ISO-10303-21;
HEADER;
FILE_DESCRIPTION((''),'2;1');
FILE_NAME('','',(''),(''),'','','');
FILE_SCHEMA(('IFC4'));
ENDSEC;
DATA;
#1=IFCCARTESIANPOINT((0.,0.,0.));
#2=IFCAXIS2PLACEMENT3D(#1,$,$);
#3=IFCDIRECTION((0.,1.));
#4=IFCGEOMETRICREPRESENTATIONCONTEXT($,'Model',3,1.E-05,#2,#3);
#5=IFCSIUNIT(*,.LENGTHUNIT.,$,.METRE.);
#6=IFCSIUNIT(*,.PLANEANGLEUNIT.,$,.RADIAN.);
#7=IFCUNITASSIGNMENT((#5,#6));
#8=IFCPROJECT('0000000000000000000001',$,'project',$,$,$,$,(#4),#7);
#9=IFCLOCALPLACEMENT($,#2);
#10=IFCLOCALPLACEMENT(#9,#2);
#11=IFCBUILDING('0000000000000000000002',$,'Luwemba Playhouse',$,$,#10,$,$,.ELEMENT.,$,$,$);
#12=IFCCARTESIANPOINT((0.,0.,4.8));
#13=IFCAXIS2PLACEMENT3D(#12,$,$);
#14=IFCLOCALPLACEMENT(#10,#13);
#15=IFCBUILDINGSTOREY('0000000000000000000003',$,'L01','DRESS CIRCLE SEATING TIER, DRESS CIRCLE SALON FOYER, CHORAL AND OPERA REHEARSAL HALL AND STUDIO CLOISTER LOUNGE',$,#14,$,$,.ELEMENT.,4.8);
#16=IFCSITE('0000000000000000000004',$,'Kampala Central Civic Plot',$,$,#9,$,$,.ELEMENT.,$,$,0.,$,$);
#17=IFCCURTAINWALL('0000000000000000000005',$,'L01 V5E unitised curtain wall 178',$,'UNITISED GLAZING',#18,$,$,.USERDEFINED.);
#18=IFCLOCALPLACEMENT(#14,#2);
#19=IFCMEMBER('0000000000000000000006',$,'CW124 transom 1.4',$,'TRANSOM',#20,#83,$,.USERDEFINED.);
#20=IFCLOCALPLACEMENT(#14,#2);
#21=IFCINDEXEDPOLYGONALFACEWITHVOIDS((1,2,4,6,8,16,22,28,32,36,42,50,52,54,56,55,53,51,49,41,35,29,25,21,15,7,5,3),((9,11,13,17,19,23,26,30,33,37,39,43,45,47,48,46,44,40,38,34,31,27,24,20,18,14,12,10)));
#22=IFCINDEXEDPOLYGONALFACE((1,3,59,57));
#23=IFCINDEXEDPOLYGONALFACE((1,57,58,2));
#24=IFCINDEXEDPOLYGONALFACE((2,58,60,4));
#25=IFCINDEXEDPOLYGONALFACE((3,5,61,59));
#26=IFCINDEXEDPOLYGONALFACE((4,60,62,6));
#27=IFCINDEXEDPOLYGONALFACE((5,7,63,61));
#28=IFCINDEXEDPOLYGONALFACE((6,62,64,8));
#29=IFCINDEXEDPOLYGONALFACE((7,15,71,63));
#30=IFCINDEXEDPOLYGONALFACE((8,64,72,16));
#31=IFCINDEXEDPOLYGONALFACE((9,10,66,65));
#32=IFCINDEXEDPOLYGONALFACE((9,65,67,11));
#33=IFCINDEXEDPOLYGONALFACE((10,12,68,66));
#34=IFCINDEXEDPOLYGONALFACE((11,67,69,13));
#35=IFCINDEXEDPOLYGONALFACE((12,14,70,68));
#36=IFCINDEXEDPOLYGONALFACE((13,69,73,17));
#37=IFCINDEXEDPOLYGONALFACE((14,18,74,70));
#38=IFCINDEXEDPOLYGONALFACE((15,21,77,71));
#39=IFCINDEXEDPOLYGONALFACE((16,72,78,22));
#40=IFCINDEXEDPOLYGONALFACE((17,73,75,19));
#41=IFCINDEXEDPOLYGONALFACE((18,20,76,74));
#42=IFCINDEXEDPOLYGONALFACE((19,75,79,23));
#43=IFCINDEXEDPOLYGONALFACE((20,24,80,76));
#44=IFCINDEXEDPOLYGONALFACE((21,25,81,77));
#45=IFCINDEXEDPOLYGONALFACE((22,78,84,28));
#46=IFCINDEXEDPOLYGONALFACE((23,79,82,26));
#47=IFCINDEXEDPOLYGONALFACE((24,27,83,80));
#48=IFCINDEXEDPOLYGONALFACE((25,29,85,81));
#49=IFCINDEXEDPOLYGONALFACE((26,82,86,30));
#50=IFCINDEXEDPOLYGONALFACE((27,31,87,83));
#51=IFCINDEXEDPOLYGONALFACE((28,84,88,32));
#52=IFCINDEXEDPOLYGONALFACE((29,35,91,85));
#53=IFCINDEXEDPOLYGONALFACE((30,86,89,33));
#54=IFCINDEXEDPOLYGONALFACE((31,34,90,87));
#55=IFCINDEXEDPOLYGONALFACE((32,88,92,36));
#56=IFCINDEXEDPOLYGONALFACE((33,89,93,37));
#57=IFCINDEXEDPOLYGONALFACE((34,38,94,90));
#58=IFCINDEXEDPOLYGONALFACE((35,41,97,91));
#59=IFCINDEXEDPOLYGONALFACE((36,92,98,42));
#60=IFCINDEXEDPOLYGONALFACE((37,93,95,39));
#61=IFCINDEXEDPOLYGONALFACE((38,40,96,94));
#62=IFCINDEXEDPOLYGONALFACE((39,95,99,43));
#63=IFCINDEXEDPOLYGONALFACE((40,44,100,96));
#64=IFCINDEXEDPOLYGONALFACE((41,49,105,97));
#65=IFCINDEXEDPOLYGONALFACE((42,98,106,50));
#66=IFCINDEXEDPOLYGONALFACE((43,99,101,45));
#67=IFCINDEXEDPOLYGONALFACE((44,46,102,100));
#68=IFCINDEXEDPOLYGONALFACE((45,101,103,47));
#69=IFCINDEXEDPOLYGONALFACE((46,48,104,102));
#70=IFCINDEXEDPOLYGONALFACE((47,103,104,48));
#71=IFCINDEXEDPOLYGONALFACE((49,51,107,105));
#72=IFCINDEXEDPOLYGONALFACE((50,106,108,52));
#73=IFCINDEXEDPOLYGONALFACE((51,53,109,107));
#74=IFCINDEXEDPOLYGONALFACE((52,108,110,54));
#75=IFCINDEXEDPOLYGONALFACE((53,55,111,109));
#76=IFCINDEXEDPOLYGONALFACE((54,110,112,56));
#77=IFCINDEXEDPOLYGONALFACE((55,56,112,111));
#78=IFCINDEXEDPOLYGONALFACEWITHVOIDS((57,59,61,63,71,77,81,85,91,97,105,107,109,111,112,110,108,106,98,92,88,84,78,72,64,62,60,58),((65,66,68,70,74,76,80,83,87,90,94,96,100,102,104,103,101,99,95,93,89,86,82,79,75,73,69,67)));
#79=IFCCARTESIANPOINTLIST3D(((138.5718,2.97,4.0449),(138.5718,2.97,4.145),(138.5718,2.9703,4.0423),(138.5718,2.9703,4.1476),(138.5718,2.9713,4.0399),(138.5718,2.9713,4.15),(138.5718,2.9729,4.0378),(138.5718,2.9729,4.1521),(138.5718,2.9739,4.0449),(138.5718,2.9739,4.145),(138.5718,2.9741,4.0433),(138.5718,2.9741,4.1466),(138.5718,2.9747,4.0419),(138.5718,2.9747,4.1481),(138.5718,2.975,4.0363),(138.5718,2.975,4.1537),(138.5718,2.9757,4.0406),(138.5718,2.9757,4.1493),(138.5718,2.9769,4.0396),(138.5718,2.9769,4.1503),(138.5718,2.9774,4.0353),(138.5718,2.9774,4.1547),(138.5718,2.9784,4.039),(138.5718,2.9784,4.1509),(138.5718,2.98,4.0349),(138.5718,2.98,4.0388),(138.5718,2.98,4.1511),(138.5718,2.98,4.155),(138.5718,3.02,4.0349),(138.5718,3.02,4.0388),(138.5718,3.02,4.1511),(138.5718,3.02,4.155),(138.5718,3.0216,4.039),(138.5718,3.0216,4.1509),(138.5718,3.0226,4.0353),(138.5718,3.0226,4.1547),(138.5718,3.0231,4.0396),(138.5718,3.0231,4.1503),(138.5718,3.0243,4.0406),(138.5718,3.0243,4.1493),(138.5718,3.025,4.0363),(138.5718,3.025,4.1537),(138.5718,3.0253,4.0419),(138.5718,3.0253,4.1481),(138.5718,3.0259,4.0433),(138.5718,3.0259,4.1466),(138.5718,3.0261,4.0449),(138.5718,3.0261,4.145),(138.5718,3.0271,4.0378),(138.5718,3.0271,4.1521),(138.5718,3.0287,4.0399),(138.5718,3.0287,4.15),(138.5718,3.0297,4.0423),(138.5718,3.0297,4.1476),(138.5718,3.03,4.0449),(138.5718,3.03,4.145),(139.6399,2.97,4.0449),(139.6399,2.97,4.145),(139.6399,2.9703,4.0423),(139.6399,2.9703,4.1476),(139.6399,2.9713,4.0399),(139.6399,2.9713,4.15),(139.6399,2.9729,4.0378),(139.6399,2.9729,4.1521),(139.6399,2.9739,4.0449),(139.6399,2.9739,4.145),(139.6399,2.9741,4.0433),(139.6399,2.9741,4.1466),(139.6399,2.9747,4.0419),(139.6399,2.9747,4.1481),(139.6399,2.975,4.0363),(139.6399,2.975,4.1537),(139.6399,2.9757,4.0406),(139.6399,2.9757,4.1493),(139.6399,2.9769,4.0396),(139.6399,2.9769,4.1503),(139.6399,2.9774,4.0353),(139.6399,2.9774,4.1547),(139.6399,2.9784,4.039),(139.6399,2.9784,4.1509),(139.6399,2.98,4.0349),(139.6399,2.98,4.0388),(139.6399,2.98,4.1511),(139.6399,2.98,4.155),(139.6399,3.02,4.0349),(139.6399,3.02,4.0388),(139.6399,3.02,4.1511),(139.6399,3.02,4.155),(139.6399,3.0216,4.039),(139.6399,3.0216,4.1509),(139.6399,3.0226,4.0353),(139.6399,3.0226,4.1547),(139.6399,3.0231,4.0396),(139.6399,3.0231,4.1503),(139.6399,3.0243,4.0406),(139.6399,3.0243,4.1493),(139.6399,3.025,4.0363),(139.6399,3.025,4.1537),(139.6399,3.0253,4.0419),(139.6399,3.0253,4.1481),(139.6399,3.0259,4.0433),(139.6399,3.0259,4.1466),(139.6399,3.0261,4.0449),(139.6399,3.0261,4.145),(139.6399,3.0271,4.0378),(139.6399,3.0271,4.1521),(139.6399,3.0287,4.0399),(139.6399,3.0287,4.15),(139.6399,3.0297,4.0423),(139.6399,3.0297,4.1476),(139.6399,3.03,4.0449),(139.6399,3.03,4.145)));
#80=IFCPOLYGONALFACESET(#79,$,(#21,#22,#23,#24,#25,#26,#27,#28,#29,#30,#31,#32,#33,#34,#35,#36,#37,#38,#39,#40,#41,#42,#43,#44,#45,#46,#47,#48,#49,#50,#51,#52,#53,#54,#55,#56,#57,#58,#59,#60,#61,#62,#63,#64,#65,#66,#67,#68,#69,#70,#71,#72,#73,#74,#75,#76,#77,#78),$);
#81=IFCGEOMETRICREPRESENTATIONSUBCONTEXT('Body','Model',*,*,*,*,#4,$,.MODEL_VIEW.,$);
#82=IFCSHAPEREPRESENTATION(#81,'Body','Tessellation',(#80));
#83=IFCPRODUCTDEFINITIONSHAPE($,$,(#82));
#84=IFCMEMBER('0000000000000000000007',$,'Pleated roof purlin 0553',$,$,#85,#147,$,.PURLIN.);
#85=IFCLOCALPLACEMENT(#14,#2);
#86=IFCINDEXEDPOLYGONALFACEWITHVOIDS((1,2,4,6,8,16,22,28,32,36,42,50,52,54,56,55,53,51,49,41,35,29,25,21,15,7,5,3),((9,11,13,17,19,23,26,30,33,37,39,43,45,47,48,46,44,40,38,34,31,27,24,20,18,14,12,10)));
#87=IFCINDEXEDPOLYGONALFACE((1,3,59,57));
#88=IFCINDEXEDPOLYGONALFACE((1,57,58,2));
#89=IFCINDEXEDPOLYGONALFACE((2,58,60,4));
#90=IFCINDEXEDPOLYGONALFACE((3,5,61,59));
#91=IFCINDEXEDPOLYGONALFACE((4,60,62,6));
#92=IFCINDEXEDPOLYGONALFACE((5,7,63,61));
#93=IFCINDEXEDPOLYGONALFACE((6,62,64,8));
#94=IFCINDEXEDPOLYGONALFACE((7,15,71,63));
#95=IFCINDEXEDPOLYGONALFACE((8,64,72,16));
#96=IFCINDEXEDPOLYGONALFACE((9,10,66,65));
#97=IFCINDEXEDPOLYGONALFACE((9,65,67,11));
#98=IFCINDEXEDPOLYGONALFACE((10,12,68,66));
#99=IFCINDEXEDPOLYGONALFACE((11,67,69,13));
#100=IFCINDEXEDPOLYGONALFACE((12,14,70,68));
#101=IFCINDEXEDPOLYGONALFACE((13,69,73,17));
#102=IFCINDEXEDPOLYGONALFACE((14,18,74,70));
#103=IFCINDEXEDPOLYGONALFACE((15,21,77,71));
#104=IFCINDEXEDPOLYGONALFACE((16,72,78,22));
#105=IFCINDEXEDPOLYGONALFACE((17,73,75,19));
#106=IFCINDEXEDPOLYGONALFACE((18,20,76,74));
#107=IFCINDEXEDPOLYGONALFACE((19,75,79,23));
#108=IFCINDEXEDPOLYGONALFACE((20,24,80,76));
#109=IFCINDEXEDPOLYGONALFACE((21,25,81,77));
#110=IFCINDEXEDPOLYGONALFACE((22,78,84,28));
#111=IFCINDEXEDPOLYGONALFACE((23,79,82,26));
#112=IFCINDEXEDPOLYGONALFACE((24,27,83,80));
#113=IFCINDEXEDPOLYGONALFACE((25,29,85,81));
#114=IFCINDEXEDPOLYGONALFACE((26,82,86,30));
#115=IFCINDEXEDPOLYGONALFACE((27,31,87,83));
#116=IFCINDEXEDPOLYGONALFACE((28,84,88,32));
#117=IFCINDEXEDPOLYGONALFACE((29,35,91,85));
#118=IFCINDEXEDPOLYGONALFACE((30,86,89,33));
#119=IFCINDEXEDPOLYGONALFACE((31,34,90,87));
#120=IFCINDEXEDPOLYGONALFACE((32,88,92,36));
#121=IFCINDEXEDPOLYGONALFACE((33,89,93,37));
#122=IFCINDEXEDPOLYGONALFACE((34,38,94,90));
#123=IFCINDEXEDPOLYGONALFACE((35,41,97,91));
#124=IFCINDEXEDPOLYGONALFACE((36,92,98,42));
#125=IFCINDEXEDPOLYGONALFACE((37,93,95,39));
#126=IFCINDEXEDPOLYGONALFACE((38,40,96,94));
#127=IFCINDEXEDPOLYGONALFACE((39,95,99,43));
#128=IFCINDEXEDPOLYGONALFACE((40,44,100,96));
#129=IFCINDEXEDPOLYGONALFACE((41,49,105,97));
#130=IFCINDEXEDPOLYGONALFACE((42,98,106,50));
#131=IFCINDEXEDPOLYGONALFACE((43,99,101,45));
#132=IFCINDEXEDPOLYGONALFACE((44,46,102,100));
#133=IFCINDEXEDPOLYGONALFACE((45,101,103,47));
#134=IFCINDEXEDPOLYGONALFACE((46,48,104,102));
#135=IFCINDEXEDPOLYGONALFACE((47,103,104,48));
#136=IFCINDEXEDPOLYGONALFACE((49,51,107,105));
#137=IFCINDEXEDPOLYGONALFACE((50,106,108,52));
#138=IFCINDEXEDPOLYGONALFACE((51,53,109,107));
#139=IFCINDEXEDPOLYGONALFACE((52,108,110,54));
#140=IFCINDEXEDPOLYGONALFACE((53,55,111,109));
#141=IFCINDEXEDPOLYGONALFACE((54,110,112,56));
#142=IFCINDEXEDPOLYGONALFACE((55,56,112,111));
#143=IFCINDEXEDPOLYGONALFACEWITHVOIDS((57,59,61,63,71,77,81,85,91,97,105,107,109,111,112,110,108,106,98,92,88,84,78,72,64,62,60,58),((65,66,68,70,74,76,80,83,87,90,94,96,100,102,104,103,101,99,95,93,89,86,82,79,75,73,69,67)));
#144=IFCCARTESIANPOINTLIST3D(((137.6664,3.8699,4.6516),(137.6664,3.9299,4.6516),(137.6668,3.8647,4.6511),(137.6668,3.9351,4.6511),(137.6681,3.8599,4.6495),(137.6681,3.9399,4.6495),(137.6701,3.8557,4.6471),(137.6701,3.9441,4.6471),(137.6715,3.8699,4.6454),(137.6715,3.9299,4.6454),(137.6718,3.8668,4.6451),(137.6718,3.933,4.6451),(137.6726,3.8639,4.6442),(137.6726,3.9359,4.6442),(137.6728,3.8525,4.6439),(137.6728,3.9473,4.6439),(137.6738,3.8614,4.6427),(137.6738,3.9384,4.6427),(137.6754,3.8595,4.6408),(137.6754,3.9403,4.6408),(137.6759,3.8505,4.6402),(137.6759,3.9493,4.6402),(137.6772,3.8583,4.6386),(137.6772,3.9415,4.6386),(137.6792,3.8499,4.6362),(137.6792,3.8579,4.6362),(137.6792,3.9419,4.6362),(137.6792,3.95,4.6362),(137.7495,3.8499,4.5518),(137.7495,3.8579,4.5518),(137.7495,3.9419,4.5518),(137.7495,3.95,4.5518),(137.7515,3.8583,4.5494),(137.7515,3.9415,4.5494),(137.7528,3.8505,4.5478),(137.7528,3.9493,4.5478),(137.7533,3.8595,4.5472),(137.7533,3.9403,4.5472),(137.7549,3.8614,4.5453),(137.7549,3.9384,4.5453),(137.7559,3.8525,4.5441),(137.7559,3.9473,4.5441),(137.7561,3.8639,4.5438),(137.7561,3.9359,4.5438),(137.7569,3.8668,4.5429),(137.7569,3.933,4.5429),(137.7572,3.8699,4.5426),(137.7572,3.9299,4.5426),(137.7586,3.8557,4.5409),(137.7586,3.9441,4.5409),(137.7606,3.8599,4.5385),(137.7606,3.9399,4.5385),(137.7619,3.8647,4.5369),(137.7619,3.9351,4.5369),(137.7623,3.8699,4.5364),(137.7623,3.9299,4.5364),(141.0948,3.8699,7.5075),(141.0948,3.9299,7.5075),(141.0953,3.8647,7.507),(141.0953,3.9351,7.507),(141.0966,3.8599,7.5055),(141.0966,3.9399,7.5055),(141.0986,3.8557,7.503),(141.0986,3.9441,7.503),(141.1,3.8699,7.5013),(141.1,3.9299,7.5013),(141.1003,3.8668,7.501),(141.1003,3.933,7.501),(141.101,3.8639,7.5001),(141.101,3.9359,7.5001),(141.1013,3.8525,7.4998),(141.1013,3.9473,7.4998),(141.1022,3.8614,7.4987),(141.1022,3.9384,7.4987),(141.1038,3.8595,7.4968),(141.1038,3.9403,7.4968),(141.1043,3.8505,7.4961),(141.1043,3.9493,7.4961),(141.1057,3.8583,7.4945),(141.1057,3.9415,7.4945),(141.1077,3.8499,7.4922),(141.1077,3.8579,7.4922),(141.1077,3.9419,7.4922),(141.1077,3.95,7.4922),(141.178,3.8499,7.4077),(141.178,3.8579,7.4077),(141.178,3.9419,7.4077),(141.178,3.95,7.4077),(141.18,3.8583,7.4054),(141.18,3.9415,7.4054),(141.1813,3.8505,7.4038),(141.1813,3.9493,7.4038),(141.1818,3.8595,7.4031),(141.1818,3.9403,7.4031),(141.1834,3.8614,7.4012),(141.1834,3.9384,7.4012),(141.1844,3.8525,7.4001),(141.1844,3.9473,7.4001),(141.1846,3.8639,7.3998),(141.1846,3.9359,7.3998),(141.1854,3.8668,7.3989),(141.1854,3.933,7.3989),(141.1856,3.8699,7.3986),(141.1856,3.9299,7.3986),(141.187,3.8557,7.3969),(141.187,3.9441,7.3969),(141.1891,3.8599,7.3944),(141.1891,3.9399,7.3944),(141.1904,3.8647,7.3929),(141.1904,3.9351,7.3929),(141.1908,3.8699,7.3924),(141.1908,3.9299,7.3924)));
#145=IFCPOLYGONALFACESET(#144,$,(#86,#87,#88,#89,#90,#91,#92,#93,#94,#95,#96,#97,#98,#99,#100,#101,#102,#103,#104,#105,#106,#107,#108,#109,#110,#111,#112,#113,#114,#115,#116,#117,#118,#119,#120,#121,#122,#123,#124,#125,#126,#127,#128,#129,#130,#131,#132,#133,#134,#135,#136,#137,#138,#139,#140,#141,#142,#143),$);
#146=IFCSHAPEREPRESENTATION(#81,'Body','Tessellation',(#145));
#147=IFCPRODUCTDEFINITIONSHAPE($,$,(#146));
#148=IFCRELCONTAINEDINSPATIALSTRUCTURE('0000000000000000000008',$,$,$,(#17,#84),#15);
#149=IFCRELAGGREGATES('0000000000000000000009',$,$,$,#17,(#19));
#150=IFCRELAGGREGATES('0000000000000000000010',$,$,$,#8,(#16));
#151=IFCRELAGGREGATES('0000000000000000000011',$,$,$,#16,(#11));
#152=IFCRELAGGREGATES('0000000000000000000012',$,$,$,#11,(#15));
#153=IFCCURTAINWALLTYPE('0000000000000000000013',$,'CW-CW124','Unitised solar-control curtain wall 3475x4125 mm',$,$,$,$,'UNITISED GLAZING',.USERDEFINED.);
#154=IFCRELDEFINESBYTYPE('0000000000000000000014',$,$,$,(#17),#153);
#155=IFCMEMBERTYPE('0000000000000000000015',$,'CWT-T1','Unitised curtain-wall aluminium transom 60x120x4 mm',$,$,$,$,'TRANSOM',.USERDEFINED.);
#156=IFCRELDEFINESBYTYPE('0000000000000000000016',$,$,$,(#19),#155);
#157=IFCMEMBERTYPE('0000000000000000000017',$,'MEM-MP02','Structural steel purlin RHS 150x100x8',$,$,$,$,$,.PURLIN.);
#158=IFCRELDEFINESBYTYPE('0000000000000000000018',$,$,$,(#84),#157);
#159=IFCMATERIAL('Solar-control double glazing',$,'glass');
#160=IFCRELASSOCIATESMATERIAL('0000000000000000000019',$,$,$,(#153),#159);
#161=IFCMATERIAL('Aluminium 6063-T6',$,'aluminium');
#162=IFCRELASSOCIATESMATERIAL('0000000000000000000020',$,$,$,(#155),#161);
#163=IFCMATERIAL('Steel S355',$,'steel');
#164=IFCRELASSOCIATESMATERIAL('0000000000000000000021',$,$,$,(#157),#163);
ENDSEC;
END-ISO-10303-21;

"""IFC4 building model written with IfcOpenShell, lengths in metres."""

from ifc_helpers import new_model, si_unit, direction, frame, origin, origin_2d, place, context, subcontext, project, spatial, hollow_rectangle, extrude, material, material_profile, profile_set, type_object, element, aggregate, save


model = new_model("IFC4")

# Units and contexts
model_context = context("Model", 3, precision=1e-05, world=origin(), true_north=direction((0.0, 1.0)))
body_context = subcontext(model_context, "Body", "Model", "MODEL_VIEW")
ifc_project = project(units=[si_unit("LENGTHUNIT", "METRE"), si_unit("PLANEANGLEUNIT", "RADIAN")], contexts=[model_context])

# Site, building, storey
site_placement = place(None, origin())
site = spatial("IfcSite", under=ifc_project, at=site_placement, Name="Kampala Central Civic Plot", CompositionType="ELEMENT", RefElevation=0.0)
building_placement = place(site_placement, origin())
building = spatial("IfcBuilding", under=site, at=building_placement, Name="Luwemba Playhouse", CompositionType="ELEMENT")
storey_placement = place(building_placement, frame((0.0, 0.0, 4.8)))
storey = spatial("IfcBuildingStorey", under=building, at=storey_placement, Name="L01", Description="DRESS CIRCLE SEATING TIER, DRESS CIRCLE SALON FOYER, CHORAL AND OPERA REHEARSAL HALL AND STUDIO CLOISTER LOUNGE", CompositionType="ELEMENT", Elevation=4.8)

# Shared definitions
ifc_material_1 = material(Name="Steel S355", Category="steel")

# Curtain wall
ifc_material_2 = material(Name="Solar-control double glazing", Category="glass")
curtain_wall_type_1 = type_object("IfcCurtainWallType", Name="CW-CW124", Description="Unitised solar-control curtain wall 3475x4125 mm", ElementType="UNITISED GLAZING", PredefinedType="USERDEFINED", material=ifc_material_2)
curtain_wall_1_placement = place(storey_placement, origin())
curtain_wall_1 = element("IfcCurtainWall", 1, at=curtain_wall_1_placement, inside=storey, type_object=curtain_wall_type_1, Name="L01 V5E unitised curtain wall 178", ObjectType="UNITISED GLAZING", PredefinedType="USERDEFINED")
ifc_material_3 = material(Name="Aluminium 6063-T6", Category="aluminium")

# Member
ifc_material_profile_1 = material_profile(ifc_material_3, hollow_rectangle(XDim=0.0601, YDim=0.1201, WallThickness=0.0039, InnerFilletRadius=0.0061, OuterFilletRadius=0.01, at=origin_2d()))
ifc_profile_set_1 = profile_set([ifc_material_profile_1], Name="Aluminium 6063-T6")
member_type_1 = type_object("IfcMemberType", Name="CWT-T1", Description="Unitised curtain-wall aluminium transom 60x120x4 mm", ElementType="TRANSOM", PredefinedType="USERDEFINED", material=ifc_profile_set_1)
member_1_placement = place(storey_placement, frame((139.6399, 3.0, 4.095), z_axis=(-1.0, 0.0, 0.0), x_axis=(0.0, -1.0, 0.0)))
member_1 = element("IfcMember", 2, at=member_1_placement, type_object=member_type_1, Name="CW124 transom 1.4", ObjectType="TRANSOM", PredefinedType="USERDEFINED", context=body_context, shape_type="SweptSolid", body=[
    extrude(hollow_rectangle(XDim=0.0601, YDim=0.1201, WallThickness=0.0039, InnerFilletRadius=0.0061, OuterFilletRadius=0.01, at=origin_2d()), origin(), (0.0, 0.0, 1.0), 1.0681),
])

# Member
ifc_material_profile_2 = material_profile(ifc_material_1, hollow_rectangle(XDim=0.1001, YDim=0.1499, WallThickness=0.0081, InnerFilletRadius=0.012, OuterFilletRadius=0.02, at=origin_2d()))
ifc_profile_set_2 = profile_set([ifc_material_profile_2], Name="Steel S355")
member_type_2 = type_object("IfcMemberType", Name="MEM-MP02", Description="Structural steel purlin RHS 150x100x8", PredefinedType="PURLIN", material=ifc_profile_set_2)
member_2_placement = place(storey_placement, frame((137.7144, 3.8999, 4.594), z_axis=(0.768342, 0.0, 0.640039), x_axis=(0.0, 1.0, 0.0)))
element("IfcMember", 3, at=member_2_placement, inside=storey, type_object=member_type_2, Name="Pleated roof purlin 0553", PredefinedType="PURLIN", context=body_context, shape_type="SweptSolid", body=[
    extrude(hollow_rectangle(XDim=0.1001, YDim=0.1499, WallThickness=0.0081, InnerFilletRadius=0.012, OuterFilletRadius=0.02, at=origin_2d()), origin(), (0.0, 0.0, 1.0), 4.4622),
])

aggregate(curtain_wall_1, [member_1])

save(model, "model.ifc")
